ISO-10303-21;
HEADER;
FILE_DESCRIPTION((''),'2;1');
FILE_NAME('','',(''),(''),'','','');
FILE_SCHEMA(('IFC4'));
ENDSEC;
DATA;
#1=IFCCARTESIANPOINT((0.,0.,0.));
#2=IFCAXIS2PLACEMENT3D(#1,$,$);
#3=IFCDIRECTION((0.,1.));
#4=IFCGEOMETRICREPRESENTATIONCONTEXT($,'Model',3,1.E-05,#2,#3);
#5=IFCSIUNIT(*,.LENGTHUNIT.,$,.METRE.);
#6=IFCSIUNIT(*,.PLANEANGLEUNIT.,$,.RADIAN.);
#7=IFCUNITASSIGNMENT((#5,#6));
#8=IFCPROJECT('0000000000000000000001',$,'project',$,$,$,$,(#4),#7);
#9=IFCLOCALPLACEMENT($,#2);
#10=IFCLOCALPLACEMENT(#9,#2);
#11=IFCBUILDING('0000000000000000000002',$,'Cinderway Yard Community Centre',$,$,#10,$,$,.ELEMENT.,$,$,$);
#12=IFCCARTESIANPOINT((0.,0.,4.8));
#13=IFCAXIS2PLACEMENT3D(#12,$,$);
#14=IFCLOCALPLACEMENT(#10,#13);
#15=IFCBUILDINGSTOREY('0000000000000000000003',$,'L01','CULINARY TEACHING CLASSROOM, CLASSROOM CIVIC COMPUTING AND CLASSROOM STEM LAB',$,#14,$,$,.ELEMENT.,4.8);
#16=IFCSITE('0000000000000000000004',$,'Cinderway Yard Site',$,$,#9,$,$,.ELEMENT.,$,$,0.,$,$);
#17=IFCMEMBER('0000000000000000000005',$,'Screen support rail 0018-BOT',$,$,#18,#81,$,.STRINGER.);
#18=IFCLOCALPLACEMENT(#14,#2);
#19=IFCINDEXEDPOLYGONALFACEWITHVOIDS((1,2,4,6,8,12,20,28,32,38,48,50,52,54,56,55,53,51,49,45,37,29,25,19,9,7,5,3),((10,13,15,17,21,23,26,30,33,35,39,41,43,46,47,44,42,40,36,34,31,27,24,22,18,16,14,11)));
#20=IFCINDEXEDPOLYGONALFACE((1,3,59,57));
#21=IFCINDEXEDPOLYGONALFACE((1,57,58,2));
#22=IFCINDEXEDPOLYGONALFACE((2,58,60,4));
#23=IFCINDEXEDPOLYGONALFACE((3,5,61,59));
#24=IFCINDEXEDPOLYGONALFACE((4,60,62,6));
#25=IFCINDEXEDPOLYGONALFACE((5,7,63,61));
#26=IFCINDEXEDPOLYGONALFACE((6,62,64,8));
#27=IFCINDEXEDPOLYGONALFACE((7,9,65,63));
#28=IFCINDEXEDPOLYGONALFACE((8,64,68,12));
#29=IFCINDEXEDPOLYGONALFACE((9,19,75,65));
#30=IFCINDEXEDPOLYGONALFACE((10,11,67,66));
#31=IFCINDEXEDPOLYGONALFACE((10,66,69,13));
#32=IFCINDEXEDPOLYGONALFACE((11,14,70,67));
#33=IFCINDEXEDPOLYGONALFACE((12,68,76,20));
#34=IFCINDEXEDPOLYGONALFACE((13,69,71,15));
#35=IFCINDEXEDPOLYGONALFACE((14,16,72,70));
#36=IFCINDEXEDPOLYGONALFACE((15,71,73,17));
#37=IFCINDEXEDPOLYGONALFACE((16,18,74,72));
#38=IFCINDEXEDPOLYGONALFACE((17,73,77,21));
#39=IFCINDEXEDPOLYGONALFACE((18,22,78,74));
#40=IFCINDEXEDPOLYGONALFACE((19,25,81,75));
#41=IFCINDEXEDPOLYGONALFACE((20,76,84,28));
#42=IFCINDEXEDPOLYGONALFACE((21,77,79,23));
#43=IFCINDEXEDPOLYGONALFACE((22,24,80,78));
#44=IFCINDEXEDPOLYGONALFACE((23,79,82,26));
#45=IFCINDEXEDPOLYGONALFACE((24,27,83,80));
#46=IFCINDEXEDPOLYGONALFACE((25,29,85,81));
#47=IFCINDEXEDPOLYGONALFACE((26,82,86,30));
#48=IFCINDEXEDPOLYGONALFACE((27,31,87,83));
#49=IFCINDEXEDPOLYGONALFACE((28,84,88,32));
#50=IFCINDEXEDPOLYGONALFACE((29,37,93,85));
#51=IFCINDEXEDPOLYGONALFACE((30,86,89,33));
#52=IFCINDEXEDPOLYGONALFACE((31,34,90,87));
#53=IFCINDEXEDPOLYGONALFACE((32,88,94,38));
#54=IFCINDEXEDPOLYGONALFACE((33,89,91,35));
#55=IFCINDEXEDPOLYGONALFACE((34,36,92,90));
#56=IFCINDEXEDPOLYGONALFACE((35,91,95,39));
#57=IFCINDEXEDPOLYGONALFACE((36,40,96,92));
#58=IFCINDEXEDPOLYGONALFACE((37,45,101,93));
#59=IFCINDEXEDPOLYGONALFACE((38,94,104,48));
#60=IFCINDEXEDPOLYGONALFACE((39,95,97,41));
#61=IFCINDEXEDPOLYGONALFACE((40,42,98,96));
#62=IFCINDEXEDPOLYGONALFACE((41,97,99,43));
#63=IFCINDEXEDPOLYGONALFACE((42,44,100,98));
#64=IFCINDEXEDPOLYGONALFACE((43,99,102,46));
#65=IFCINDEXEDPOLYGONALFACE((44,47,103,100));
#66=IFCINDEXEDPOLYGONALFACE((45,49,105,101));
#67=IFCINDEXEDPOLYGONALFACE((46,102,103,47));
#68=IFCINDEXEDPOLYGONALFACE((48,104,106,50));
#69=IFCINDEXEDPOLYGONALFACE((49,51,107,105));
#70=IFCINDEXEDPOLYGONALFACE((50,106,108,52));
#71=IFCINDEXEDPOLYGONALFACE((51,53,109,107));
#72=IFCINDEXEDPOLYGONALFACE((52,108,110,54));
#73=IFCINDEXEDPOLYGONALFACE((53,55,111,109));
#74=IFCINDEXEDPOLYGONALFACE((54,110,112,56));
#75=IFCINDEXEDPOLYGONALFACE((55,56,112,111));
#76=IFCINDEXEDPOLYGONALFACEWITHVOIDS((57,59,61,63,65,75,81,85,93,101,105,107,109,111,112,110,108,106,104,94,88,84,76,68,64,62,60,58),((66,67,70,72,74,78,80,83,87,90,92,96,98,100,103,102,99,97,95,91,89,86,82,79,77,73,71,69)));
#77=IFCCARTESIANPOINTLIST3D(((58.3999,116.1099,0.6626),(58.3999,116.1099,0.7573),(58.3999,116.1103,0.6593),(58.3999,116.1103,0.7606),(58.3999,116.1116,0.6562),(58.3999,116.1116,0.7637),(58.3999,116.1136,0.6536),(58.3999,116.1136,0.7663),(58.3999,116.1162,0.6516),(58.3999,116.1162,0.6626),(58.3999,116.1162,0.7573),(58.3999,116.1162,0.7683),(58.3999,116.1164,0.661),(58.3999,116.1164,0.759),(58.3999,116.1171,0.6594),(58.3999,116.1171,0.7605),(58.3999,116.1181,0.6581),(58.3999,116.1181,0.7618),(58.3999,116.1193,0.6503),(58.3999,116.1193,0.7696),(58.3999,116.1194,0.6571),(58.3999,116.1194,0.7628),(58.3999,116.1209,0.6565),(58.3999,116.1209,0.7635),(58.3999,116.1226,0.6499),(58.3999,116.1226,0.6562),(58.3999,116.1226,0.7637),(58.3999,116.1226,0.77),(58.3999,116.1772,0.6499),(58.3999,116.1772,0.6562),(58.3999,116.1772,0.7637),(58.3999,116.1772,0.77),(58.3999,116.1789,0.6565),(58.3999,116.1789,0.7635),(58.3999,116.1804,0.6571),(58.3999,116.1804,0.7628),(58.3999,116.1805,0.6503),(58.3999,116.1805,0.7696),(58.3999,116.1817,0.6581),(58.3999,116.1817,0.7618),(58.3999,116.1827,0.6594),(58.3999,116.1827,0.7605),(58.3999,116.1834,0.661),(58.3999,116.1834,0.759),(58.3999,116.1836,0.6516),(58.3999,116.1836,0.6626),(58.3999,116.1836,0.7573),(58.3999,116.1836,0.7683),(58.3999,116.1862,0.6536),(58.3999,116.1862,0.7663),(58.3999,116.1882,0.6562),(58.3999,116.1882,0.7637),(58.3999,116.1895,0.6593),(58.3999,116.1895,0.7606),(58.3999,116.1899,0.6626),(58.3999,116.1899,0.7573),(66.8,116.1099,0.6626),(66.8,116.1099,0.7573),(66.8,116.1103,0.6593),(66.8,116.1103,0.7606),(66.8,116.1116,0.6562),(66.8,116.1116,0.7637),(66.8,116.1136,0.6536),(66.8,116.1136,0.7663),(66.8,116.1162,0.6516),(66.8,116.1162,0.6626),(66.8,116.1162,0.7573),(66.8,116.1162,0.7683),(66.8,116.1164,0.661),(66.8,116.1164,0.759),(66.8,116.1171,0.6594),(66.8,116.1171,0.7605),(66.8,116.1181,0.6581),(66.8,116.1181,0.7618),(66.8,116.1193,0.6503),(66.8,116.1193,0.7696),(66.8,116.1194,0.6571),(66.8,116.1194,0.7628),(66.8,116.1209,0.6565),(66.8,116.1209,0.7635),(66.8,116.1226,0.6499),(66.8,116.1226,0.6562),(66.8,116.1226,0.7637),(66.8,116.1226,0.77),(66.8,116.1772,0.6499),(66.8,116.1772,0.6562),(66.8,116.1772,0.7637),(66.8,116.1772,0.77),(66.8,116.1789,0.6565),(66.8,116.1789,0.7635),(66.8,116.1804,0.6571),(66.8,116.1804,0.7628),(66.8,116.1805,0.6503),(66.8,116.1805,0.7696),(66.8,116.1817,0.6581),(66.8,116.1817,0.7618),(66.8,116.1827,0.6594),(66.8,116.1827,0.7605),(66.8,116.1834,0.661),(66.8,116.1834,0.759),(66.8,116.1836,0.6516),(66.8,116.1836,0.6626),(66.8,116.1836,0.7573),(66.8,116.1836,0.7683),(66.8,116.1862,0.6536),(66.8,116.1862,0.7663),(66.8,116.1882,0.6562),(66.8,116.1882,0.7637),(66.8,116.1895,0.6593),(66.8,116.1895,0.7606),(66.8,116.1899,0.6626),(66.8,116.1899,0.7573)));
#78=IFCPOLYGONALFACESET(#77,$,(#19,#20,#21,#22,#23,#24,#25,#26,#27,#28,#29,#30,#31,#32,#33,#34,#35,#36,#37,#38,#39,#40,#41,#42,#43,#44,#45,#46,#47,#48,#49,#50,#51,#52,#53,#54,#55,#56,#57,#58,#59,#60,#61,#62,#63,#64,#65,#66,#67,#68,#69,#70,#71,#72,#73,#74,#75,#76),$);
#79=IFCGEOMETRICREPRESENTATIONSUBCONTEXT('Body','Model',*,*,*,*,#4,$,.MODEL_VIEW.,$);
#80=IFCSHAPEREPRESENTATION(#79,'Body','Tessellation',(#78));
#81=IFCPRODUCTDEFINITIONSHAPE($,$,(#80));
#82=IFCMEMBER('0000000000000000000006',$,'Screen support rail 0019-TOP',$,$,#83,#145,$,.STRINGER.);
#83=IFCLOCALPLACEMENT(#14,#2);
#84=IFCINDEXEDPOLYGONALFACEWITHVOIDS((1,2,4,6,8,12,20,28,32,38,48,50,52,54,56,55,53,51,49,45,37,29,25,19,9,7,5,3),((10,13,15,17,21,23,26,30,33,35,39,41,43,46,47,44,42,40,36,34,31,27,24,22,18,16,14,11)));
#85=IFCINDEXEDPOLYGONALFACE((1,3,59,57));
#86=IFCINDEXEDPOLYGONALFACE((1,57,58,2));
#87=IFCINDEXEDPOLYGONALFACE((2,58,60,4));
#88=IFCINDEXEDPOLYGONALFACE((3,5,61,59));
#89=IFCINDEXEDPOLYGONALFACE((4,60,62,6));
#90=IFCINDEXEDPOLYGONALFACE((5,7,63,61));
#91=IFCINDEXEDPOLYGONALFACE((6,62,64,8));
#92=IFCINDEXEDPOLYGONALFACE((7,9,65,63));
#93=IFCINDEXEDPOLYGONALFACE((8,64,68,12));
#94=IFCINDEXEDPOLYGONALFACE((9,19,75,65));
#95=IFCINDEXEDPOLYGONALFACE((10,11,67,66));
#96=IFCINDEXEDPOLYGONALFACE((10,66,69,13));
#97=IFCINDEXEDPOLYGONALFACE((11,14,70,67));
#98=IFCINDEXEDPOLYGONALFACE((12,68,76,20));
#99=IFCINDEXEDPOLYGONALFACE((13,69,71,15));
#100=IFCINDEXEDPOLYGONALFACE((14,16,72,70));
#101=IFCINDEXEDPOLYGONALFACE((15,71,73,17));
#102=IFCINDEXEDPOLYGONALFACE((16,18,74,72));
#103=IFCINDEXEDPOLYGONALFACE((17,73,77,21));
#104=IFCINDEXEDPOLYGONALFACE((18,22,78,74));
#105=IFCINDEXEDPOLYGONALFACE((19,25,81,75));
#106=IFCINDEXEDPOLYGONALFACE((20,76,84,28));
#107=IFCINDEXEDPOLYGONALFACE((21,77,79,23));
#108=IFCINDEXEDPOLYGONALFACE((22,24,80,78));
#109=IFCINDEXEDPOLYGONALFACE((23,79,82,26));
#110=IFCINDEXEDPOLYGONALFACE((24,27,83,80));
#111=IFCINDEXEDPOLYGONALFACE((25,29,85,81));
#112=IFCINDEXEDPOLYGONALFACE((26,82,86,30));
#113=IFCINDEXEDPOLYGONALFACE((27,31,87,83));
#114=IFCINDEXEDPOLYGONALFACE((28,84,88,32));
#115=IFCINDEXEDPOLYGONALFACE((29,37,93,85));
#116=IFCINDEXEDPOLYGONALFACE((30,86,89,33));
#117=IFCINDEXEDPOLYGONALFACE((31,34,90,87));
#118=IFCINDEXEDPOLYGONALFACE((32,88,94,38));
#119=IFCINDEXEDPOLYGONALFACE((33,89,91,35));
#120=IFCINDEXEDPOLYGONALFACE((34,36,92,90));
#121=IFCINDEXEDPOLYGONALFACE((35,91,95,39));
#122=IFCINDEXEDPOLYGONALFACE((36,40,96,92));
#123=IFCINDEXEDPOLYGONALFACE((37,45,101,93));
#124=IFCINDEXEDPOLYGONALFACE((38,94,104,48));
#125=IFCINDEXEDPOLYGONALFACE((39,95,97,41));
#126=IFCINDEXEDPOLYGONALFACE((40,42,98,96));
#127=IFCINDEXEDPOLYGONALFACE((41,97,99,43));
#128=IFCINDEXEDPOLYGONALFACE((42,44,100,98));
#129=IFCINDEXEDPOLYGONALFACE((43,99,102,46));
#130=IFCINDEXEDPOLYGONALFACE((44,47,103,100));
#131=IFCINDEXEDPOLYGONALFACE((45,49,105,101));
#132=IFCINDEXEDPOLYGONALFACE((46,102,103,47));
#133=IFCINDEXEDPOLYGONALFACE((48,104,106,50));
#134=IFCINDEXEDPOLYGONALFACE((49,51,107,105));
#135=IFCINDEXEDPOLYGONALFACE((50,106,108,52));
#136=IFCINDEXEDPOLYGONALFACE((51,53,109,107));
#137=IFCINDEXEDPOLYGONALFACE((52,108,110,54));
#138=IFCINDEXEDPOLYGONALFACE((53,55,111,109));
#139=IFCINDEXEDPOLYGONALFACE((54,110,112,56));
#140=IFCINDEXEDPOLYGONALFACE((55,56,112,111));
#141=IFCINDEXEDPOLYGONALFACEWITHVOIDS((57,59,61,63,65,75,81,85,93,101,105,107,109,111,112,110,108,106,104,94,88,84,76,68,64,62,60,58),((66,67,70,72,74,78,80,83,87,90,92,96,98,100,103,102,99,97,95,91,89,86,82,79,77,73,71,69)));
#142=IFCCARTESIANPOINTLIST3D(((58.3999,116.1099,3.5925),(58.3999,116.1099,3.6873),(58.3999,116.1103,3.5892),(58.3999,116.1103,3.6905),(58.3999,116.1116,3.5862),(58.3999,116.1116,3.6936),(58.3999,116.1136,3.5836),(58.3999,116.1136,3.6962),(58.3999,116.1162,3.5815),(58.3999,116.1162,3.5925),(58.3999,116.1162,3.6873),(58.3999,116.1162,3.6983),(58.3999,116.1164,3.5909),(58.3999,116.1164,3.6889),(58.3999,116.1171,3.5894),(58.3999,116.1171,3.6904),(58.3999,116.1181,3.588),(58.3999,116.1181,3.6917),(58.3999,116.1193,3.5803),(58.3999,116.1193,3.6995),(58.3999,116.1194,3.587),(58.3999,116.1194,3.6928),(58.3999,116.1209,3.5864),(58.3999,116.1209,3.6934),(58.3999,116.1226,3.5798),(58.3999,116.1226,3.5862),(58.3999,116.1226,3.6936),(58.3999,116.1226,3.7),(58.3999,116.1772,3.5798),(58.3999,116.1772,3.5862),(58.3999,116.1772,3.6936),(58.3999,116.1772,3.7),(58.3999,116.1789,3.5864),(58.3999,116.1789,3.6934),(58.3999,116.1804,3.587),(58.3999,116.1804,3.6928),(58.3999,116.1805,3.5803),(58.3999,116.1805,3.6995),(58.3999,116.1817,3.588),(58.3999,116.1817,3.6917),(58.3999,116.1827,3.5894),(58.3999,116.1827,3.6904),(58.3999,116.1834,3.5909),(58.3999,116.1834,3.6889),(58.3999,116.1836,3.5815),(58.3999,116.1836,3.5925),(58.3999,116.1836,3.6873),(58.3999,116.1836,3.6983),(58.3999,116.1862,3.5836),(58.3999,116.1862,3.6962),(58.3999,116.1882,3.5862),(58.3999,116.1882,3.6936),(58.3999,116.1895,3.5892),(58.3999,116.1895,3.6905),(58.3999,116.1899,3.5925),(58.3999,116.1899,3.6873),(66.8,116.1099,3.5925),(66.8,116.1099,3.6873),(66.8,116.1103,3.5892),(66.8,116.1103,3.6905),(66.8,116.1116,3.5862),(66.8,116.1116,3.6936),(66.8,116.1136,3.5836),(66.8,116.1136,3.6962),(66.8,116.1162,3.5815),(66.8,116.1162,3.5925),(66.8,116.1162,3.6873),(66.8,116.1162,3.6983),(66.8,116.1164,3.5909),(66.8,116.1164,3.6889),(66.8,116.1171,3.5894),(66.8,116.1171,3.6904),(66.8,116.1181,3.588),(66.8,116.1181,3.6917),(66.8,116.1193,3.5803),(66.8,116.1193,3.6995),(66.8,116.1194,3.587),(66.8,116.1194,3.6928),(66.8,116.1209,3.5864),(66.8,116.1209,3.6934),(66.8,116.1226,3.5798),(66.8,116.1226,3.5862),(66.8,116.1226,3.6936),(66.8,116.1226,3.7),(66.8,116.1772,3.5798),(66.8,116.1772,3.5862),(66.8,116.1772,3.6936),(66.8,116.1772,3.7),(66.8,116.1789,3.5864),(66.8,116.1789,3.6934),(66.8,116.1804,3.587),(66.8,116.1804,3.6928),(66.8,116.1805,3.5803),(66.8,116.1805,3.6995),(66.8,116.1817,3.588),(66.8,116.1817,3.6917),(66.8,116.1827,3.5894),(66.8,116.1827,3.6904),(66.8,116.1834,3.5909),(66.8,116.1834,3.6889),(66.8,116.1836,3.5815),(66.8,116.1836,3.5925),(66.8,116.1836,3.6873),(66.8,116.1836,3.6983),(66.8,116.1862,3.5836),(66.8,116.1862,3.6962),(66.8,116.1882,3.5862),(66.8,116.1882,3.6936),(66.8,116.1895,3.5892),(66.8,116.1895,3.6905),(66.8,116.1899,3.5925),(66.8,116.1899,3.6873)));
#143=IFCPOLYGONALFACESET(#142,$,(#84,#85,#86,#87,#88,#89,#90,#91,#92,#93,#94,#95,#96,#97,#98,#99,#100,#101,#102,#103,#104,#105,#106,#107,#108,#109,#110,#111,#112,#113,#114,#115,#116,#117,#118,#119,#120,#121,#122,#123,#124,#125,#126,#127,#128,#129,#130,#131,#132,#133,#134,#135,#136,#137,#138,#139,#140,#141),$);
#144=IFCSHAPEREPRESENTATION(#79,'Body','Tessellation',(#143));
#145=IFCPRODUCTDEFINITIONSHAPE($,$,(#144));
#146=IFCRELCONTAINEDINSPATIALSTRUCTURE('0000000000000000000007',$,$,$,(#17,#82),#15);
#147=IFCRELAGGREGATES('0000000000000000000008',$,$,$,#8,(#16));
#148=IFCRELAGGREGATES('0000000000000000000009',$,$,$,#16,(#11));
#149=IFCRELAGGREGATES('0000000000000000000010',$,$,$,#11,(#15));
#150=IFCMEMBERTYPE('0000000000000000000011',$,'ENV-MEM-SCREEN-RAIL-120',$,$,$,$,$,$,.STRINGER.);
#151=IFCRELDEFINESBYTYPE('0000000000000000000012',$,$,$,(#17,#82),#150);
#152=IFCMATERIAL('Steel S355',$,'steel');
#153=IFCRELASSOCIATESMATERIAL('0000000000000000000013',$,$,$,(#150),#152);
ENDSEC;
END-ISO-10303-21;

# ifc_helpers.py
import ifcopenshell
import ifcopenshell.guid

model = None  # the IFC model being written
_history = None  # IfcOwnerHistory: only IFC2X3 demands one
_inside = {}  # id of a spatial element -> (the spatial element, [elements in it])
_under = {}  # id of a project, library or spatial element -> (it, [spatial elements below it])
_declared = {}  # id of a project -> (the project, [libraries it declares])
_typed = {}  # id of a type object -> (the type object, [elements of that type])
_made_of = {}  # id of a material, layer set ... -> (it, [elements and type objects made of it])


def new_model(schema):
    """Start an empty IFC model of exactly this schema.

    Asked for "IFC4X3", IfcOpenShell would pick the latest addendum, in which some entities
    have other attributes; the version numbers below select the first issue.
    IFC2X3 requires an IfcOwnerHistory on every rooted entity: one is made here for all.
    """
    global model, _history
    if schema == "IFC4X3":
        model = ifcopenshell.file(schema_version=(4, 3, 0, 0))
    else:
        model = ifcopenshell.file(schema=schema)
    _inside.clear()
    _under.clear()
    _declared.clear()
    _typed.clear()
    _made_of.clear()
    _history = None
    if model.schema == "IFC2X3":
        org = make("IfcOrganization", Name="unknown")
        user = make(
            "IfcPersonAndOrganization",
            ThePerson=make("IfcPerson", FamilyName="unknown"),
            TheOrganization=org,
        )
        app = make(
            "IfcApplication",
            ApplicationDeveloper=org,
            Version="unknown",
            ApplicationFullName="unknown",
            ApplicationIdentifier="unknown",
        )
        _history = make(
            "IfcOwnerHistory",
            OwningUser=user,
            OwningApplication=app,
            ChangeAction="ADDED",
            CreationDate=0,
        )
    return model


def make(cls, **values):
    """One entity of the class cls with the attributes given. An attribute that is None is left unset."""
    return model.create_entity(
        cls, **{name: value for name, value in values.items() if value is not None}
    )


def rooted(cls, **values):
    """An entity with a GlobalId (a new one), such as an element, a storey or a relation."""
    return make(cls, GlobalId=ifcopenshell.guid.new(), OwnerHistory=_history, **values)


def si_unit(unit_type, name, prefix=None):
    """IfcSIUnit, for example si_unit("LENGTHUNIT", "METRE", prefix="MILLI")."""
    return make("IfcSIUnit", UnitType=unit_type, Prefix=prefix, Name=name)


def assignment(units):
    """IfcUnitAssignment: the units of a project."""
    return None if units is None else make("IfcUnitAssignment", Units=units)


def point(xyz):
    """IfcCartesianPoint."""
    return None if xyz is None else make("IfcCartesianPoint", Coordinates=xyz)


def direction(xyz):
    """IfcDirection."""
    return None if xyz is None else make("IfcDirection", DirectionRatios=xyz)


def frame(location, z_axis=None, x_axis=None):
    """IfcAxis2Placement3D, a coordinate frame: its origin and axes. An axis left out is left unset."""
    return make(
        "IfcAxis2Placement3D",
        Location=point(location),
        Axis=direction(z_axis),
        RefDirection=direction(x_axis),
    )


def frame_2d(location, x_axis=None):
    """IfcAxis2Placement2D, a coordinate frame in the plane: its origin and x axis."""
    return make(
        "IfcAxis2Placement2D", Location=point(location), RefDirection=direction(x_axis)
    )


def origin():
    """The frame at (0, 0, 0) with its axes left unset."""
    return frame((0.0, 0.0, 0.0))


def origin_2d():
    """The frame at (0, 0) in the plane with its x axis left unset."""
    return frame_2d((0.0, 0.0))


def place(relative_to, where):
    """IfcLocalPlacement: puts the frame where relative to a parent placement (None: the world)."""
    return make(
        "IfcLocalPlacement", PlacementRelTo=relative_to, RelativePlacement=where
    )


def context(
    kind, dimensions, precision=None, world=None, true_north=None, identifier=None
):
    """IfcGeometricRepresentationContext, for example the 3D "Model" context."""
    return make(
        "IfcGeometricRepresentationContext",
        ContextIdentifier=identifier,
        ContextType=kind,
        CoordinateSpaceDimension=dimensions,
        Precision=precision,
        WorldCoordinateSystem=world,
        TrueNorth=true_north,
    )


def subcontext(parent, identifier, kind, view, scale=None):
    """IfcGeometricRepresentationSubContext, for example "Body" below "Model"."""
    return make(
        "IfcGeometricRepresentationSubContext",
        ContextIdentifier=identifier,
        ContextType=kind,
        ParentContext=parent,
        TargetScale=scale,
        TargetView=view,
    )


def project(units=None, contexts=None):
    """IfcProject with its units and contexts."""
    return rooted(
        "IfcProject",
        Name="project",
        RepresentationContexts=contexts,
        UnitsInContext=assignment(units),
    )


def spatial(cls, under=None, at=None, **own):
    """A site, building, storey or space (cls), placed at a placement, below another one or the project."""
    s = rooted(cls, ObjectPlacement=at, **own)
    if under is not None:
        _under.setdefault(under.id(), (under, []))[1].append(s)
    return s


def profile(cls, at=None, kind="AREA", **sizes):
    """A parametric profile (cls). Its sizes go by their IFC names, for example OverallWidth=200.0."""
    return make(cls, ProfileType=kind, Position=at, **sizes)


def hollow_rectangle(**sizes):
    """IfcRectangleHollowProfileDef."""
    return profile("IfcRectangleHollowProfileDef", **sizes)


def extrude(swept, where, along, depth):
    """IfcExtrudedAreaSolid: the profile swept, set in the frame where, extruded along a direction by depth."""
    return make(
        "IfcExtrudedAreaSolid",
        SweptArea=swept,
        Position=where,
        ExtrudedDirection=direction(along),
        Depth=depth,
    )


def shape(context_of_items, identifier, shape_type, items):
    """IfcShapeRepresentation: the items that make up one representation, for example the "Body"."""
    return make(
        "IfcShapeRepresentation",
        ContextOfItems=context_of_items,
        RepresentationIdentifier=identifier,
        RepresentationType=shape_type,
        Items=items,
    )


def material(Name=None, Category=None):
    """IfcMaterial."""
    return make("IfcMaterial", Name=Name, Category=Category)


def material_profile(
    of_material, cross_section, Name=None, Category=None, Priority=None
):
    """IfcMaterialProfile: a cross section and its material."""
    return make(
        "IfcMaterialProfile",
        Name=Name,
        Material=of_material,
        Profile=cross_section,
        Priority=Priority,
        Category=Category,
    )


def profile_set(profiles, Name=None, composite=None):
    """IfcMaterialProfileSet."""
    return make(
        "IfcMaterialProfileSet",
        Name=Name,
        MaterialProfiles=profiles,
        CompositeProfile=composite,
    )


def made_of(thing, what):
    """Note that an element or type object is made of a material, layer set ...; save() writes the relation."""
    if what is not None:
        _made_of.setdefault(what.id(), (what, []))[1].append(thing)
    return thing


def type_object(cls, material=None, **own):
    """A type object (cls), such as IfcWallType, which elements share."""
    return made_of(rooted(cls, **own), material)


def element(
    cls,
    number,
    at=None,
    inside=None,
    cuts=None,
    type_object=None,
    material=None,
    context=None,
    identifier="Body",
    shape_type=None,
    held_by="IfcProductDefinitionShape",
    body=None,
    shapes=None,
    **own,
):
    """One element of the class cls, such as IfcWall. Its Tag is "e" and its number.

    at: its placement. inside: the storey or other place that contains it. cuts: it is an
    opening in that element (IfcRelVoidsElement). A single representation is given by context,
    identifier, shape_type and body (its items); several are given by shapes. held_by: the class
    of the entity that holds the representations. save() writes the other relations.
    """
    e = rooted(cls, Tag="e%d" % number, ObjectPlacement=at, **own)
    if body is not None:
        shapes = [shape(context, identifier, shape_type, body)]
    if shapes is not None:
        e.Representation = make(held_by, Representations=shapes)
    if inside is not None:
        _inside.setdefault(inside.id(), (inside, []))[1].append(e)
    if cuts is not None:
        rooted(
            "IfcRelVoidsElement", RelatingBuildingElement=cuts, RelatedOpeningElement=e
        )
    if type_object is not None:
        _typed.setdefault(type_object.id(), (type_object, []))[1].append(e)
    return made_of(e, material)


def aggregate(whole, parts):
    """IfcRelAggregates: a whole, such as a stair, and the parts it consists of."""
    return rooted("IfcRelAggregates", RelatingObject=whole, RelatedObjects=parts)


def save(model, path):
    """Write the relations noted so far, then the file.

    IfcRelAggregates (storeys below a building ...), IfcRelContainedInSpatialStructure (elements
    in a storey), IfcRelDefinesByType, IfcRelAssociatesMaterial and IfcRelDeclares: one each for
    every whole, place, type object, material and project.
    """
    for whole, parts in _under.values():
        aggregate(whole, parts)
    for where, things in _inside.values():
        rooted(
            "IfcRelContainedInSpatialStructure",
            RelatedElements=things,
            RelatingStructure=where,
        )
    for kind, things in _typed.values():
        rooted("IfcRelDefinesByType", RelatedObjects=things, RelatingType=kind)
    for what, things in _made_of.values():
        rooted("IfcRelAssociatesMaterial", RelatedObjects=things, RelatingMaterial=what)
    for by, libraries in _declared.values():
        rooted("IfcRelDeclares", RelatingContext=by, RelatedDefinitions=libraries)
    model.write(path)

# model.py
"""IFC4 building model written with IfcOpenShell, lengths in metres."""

from ifc_helpers import new_model, si_unit, direction, frame, origin, origin_2d, place, context, subcontext, project, spatial, hollow_rectangle, extrude, material, material_profile, profile_set, type_object, element, save


model = new_model("IFC4")

# Units and contexts
model_context = context("Model", 3, precision=1e-05, world=origin(), true_north=direction((0.0, 1.0)))
body_context = subcontext(model_context, "Body", "Model", "MODEL_VIEW")
ifc_project = project(units=[si_unit("LENGTHUNIT", "METRE"), si_unit("PLANEANGLEUNIT", "RADIAN")], contexts=[model_context])

# Site, building, storey
site_placement = place(None, origin())
site = spatial("IfcSite", under=ifc_project, at=site_placement, Name="Cinderway Yard Site", CompositionType="ELEMENT", RefElevation=0.0)
building_placement = place(site_placement, origin())
building = spatial("IfcBuilding", under=site, at=building_placement, Name="Cinderway Yard Community Centre", CompositionType="ELEMENT")
storey_placement = place(building_placement, frame((0.0, 0.0, 4.8)))
storey = spatial("IfcBuildingStorey", under=building, at=storey_placement, Name="L01", Description="CULINARY TEACHING CLASSROOM, CLASSROOM CIVIC COMPUTING AND CLASSROOM STEM LAB", CompositionType="ELEMENT", Elevation=4.8)

# Members
ifc_material_1 = material(Name="Steel S355", Category="steel")
ifc_material_profile_1 = material_profile(ifc_material_1, hollow_rectangle(XDim=0.0801, YDim=0.1201, WallThickness=0.0063, InnerFilletRadius=0.0063, OuterFilletRadius=0.0127, at=origin_2d()), Name="Steel S355")
ifc_profile_set_1 = profile_set([ifc_material_profile_1], Name="Steel S355")
member_type_1 = type_object("IfcMemberType", Name="ENV-MEM-SCREEN-RAIL-120", PredefinedType="STRINGER", material=ifc_profile_set_1)
for number, where, z_axis, x_axis, name in (
    (1, (58.3999, 116.1499, 0.71), (1.0, 0.0, 0.0), (0.0, 1.0, 0.0), "Screen support rail 0018-BOT"),
    (2, (58.3999, 116.1499, 3.6399), (1.0, 0.0, 0.0), (0.0, 1.0, 0.0), "Screen support rail 0019-TOP"),
):
    element("IfcMember", number, at=place(storey_placement, frame(where, z_axis=z_axis, x_axis=x_axis)), inside=storey, type_object=member_type_1, Name=name, PredefinedType="STRINGER", context=body_context, shape_type="SweptSolid", body=[
        extrude(hollow_rectangle(XDim=0.0801, YDim=0.1201, WallThickness=0.0063, InnerFilletRadius=0.0063, OuterFilletRadius=0.0127, at=origin_2d()), origin(), (0.0, 0.0, 1.0), 8.4001),
    ])

save(model, "model.ifc")
